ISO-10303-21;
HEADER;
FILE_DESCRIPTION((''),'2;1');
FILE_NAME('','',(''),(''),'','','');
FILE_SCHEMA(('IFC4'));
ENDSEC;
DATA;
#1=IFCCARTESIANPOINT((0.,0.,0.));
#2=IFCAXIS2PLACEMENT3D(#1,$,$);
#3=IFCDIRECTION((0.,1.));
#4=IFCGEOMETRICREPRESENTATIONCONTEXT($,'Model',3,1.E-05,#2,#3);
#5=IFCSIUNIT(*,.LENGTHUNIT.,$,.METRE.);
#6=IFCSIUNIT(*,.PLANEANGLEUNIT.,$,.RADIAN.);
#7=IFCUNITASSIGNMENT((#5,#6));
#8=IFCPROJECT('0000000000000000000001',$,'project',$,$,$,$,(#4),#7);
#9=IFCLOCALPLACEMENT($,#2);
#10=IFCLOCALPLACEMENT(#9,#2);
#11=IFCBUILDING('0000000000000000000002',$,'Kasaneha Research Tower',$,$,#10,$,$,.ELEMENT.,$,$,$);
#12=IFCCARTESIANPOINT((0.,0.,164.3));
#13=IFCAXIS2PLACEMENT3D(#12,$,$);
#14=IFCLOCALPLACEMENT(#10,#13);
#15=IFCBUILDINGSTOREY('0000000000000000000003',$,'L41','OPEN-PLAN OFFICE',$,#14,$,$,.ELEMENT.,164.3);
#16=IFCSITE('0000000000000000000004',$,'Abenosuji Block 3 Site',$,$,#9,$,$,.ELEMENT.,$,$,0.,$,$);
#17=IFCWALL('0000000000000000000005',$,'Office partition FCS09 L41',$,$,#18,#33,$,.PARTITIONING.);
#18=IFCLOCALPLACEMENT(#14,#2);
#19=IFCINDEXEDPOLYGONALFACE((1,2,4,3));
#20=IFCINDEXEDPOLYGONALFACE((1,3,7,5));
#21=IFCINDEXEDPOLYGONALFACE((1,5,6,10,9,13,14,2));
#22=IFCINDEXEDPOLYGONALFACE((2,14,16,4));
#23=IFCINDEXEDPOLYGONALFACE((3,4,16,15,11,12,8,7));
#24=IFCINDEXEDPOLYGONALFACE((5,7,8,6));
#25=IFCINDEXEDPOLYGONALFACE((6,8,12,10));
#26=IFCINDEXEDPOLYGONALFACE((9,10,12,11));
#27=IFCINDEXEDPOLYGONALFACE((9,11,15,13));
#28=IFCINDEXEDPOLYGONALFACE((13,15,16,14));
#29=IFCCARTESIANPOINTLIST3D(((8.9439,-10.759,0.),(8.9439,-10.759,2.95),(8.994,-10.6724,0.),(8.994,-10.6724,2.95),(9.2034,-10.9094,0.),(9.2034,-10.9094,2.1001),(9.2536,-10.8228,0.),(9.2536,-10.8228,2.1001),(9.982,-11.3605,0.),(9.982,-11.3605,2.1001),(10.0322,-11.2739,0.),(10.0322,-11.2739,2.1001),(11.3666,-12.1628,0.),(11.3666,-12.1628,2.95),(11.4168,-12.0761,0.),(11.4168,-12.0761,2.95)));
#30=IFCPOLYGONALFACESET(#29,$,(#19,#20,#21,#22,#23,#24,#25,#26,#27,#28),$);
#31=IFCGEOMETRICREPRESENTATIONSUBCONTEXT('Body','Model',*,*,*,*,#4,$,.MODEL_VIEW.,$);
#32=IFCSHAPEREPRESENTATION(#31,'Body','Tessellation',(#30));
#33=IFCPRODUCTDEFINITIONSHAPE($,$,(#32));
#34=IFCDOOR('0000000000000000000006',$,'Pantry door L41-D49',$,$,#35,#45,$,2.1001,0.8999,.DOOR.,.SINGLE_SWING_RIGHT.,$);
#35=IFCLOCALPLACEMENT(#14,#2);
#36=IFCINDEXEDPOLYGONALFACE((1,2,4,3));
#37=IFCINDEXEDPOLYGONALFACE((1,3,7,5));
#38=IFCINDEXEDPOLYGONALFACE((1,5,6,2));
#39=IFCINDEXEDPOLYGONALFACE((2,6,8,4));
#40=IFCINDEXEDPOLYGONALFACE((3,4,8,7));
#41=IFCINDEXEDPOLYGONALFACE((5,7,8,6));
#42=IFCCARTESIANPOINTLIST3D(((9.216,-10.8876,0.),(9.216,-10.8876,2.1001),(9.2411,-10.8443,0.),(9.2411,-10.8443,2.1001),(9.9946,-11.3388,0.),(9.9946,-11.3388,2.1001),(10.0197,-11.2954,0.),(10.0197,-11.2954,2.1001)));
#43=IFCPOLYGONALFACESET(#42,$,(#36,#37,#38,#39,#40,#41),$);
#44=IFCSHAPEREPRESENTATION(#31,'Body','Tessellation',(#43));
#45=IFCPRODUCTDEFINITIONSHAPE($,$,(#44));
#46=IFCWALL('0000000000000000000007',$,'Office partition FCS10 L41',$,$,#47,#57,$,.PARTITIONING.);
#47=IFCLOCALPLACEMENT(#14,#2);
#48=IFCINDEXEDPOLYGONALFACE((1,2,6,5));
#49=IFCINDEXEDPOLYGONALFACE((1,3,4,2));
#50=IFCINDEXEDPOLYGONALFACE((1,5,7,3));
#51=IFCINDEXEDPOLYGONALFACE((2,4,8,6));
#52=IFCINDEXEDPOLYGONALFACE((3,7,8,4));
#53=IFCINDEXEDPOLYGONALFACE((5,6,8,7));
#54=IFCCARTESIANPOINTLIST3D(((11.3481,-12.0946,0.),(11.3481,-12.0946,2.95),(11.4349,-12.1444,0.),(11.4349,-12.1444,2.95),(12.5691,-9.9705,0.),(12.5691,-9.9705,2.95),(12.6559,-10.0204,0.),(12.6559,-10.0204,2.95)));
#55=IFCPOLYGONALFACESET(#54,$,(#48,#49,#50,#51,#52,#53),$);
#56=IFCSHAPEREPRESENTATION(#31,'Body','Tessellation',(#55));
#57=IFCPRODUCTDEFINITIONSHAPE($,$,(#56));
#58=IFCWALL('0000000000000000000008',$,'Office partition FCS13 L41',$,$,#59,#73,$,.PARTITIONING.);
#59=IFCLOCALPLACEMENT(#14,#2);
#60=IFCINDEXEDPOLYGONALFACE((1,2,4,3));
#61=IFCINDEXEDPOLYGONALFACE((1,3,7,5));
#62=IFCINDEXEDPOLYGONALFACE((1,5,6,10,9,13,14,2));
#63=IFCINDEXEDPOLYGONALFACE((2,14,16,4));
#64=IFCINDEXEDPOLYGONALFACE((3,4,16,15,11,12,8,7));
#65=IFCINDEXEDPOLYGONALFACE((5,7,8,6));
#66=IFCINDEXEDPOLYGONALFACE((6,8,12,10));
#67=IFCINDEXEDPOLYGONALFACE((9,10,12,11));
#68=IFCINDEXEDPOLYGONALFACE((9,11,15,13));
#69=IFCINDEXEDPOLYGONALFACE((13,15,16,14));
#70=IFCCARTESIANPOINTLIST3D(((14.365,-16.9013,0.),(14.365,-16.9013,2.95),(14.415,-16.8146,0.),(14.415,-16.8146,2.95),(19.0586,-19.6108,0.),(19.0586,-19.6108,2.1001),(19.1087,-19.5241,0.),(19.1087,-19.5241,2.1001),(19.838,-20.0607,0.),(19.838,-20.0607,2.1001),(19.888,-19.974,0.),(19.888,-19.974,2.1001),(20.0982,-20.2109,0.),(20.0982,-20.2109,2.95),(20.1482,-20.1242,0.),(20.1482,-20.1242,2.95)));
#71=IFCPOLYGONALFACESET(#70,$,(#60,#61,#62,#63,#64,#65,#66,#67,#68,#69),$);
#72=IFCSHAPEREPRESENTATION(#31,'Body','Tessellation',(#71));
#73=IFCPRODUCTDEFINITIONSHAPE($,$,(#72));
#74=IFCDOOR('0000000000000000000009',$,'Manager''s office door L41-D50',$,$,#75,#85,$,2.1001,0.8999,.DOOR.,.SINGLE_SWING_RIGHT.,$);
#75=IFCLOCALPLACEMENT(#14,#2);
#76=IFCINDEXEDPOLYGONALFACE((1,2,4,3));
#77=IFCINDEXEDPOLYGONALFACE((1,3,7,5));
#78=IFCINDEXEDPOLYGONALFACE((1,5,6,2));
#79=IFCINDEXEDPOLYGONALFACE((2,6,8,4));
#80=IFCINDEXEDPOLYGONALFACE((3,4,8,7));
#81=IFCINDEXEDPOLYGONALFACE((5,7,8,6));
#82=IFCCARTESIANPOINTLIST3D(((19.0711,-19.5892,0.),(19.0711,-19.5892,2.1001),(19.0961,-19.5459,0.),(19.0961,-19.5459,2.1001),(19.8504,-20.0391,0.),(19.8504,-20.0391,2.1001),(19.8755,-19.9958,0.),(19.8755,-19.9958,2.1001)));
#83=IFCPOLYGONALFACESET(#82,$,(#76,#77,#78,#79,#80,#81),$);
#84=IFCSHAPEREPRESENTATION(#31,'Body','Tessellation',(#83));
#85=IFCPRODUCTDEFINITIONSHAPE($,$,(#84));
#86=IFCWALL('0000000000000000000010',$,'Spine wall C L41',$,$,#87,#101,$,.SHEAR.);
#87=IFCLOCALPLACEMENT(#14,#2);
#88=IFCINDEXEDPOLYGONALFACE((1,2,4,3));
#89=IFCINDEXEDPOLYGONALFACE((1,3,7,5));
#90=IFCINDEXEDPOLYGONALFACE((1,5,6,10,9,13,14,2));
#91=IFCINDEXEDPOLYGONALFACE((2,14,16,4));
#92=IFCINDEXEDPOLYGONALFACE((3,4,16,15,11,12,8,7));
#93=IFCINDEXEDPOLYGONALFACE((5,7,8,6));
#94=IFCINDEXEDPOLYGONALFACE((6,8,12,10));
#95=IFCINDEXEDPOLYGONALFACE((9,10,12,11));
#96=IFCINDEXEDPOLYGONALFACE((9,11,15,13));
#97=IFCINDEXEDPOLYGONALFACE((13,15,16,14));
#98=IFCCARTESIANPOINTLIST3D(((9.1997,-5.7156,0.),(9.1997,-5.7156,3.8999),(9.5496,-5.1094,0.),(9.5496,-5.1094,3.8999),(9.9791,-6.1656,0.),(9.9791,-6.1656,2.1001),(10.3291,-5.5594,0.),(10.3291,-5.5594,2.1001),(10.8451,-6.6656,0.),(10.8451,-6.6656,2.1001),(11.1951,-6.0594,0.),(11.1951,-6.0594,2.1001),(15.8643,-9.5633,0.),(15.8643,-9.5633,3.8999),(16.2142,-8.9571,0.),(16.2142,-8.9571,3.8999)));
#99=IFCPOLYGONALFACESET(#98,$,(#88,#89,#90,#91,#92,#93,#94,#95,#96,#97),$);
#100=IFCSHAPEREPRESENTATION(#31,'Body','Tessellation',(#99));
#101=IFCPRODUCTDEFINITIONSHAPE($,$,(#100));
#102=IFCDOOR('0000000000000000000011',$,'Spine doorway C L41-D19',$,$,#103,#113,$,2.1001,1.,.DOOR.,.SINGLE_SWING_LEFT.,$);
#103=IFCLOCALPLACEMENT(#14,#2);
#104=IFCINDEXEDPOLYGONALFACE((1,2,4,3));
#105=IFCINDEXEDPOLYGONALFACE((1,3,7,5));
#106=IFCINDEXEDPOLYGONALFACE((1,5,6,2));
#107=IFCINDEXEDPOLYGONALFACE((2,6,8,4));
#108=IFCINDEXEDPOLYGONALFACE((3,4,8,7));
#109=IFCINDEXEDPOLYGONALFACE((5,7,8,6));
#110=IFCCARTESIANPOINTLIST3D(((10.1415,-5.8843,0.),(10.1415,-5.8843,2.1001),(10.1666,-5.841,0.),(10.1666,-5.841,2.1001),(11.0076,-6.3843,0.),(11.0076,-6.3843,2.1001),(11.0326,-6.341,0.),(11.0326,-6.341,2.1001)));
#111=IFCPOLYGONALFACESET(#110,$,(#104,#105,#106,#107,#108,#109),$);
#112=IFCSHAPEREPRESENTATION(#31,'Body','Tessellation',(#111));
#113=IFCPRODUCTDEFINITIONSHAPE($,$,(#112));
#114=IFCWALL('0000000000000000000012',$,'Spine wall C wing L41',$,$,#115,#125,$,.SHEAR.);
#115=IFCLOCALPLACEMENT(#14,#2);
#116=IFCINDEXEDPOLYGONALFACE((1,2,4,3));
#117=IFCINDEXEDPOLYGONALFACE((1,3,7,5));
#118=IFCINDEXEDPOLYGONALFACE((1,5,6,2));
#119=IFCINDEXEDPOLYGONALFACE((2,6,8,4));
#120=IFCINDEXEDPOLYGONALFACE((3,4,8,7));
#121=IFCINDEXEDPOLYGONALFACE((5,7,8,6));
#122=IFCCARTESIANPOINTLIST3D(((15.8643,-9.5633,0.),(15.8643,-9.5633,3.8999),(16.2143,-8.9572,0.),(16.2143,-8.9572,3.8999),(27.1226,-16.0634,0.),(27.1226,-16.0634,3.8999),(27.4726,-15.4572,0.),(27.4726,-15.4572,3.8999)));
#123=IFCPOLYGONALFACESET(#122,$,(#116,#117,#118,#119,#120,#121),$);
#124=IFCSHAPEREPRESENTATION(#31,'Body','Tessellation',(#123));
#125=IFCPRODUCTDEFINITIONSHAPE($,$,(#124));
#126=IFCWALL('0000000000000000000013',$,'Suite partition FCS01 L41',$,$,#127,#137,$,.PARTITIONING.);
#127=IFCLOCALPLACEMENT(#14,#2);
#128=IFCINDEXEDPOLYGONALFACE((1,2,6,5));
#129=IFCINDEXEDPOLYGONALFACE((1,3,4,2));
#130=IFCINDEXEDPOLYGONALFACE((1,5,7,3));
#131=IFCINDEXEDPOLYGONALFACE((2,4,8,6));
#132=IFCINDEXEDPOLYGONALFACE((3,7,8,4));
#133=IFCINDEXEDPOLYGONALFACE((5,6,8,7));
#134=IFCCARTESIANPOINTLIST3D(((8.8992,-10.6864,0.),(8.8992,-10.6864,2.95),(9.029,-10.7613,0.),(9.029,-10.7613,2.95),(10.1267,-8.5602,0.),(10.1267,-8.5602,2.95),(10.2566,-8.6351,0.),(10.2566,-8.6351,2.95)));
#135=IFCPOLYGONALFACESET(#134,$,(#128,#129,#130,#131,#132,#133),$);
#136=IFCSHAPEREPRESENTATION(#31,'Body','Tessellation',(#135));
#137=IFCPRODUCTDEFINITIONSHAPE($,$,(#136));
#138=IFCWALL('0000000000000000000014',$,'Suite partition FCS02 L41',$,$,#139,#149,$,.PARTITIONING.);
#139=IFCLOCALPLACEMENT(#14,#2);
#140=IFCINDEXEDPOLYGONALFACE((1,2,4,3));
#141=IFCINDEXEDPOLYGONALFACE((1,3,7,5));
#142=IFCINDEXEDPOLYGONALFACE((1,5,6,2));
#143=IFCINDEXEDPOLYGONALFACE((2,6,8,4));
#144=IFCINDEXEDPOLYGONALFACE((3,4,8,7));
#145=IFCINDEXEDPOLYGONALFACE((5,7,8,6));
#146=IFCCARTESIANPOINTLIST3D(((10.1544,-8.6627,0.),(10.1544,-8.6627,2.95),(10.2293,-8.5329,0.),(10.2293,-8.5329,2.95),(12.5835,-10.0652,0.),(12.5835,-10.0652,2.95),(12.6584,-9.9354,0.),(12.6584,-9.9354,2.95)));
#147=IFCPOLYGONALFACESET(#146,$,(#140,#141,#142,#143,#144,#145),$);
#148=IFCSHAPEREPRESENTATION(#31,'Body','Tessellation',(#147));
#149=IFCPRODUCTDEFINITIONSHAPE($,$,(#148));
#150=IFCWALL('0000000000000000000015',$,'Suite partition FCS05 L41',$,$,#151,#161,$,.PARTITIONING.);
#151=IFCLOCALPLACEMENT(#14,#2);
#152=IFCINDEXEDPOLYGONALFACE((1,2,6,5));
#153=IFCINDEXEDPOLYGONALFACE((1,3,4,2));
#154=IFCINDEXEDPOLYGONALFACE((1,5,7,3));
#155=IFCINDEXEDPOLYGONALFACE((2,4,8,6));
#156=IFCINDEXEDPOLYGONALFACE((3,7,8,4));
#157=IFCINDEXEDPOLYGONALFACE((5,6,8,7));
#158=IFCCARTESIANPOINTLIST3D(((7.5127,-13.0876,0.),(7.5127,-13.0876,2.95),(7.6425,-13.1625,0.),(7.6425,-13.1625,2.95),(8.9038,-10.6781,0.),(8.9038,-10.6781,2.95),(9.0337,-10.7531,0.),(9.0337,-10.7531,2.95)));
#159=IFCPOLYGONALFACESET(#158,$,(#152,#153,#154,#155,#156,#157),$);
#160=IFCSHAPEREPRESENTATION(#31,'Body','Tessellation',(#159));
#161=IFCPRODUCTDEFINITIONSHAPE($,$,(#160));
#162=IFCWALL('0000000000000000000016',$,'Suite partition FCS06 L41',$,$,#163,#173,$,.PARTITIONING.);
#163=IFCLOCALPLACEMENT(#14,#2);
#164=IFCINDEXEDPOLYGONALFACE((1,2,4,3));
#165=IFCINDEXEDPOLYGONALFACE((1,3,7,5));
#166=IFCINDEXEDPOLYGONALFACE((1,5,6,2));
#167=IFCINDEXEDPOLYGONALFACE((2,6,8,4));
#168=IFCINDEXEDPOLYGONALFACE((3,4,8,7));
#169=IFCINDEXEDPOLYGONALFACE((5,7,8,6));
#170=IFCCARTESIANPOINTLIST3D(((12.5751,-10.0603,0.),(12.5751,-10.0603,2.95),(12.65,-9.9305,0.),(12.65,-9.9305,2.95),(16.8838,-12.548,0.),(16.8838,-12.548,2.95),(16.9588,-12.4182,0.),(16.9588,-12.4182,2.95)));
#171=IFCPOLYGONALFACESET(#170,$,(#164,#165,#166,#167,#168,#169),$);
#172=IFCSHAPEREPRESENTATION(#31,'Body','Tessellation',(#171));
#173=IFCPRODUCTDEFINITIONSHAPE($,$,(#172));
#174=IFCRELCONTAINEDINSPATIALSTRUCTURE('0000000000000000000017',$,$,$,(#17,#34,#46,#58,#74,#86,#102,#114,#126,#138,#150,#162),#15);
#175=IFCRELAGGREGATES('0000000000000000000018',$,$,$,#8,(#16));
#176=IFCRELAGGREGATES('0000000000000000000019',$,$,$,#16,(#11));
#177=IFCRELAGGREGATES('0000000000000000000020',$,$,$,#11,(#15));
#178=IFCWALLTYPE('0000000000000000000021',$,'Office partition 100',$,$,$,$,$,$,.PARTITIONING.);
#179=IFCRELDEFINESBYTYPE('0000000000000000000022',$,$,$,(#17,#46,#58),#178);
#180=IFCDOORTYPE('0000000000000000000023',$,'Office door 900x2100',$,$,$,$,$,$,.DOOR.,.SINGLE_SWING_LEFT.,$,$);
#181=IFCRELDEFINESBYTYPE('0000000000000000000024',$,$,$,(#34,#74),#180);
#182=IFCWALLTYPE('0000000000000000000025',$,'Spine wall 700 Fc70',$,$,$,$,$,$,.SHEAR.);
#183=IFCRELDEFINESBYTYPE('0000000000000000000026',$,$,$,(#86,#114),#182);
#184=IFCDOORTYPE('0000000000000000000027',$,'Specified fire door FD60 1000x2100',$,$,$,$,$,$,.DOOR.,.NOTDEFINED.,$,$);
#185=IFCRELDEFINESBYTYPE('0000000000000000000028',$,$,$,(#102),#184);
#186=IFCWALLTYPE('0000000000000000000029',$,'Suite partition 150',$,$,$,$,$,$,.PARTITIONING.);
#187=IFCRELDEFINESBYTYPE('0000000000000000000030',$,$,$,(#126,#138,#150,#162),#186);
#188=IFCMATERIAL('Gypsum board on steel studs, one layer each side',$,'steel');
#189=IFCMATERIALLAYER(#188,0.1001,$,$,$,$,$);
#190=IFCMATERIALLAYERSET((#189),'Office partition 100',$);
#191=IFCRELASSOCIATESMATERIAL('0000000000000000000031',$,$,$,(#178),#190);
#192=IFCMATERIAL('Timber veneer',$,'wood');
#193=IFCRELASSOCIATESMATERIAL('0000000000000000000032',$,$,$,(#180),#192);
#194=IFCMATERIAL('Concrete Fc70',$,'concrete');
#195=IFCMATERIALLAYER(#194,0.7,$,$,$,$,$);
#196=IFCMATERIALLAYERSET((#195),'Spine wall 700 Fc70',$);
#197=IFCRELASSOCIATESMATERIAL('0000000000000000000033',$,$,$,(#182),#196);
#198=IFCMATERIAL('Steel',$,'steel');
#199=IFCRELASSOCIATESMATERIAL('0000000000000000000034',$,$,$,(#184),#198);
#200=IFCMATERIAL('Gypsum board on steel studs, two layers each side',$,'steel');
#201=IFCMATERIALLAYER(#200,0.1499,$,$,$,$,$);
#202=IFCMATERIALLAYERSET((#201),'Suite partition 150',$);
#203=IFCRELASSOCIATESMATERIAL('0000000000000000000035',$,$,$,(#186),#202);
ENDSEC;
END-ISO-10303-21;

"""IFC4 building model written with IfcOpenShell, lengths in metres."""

from ifc_helpers import new_model, si_unit, direction, frame, frame_2d, origin, place, context, subcontext, project, spatial, rectangle, extrude, material, layer, layer_set, type_object, element, fill, save


model = new_model("IFC4")

# Units and contexts
model_context = context("Model", 3, precision=1e-05, world=origin(), true_north=direction((0.0, 1.0)))
body_context = subcontext(model_context, "Body", "Model", "MODEL_VIEW")
ifc_project = project(units=[si_unit("LENGTHUNIT", "METRE"), si_unit("PLANEANGLEUNIT", "RADIAN")], contexts=[model_context])

# Site, building, storey
site_placement = place(None, origin())
site = spatial("IfcSite", under=ifc_project, at=site_placement, Name="Abenosuji Block 3 Site", CompositionType="ELEMENT", RefElevation=0.0)
building_placement = place(site_placement, origin())
building = spatial("IfcBuilding", under=site, at=building_placement, Name="Kasaneha Research Tower", CompositionType="ELEMENT")
storey_placement = place(building_placement, frame((0.0, 0.0, 164.3)))
storey = spatial("IfcBuildingStorey", under=building, at=storey_placement, Name="L41", Description="OPEN-PLAN OFFICE", CompositionType="ELEMENT", Elevation=164.3)

# Wall, opening, door
ifc_material_1 = material(Name="Gypsum board on steel studs, one layer each side", Category="steel")
ifc_layer_1 = layer(ifc_material_1, 0.1001)
ifc_layer_set_1 = layer_set([ifc_layer_1], Name="Office partition 100")
wall_type_1 = type_object("IfcWallType", Name="Office partition 100", PredefinedType="PARTITIONING", material=ifc_layer_set_1)
wall_1_placement = place(storey_placement, frame((11.3916, -12.1194, 0.0), z_axis=(0.0, 0.0, 1.0), x_axis=(-0.865255, 0.501332, 0.0)))
wall_1 = element("IfcWall", 1, at=wall_1_placement, inside=storey, type_object=wall_type_1, Name="Office partition FCS09 L41", PredefinedType="PARTITIONING", context=body_context, shape_type="SweptSolid", body=[
    extrude(rectangle(XDim=2.8, YDim=0.1001, at=frame_2d((1.3999, 0.0))), origin(), (0.0, 0.0, 1.0), 2.95),
])
opening_1_placement = place(wall_1_placement, frame((1.6001, 0.0, 0.0)))
opening_1 = element("IfcOpeningElement", 2, at=opening_1_placement, cuts=wall_1, PredefinedType="OPENING", context=body_context, shape_type="SweptSolid", body=[
    extrude(rectangle(XDim=0.8999, YDim=2.1001, at=frame_2d((0.45, 1.05))), frame((0.0, 0.0601, 0.0), z_axis=(0.0, -1.0, 0.0), x_axis=(1.0, 0.0, 0.0)), (0.0, 0.0, 1.0), 0.1201),
])
ifc_material_2 = material(Name="Timber veneer", Category="wood")
door_type_1 = type_object("IfcDoorType", Name="Office door 900x2100", OperationType="SINGLE_SWING_LEFT", PredefinedType="DOOR", material=ifc_material_2)
door_1_placement = place(opening_1_placement, origin())
door_1 = element("IfcDoor", 3, at=door_1_placement, inside=storey, type_object=door_type_1, Name="Pantry door L41-D49", OperationType="SINGLE_SWING_RIGHT", OverallHeight=2.1001, OverallWidth=0.8999, PredefinedType="DOOR", context=body_context, shape_type="SweptSolid", body=[
    extrude(rectangle(XDim=0.8999, YDim=2.1001, at=frame_2d((0.45, 1.05))), frame((0.0, 0.0249, 0.0), z_axis=(0.0, -1.0, 0.0), x_axis=(1.0, 0.0, 0.0)), (0.0, 0.0, 1.0), 0.05),
])
fill(opening_1, door_1)

# Wall
wall_2_placement = place(storey_placement, frame((12.6125, -9.9954, 0.0), z_axis=(0.0, 0.0, 1.0), x_axis=(-0.498359, -0.866971, 0.0)))
element("IfcWall", 4, at=wall_2_placement, inside=storey, type_object=wall_type_1, Name="Office partition FCS10 L41", PredefinedType="PARTITIONING", context=body_context, shape_type="SweptSolid", body=[
    extrude(rectangle(XDim=2.45, YDim=0.1001, at=frame_2d((1.2251, 0.0))), origin(), (0.0, 0.0, 1.0), 2.95),
])

# Walls, openings, doors
wall_3_placement = place(storey_placement, frame((14.3899, -16.8579, 0.0), z_axis=(0.0, 0.0, 1.0), x_axis=(0.866056, -0.499947, 0.0)))
wall_3 = element("IfcWall", 5, at=wall_3_placement, inside=storey, type_object=wall_type_1, Name="Office partition FCS13 L41", PredefinedType="PARTITIONING", context=body_context, shape_type="SweptSolid", body=[
    extrude(rectangle(XDim=6.6199, YDim=0.1001, at=frame_2d((3.3101, 0.0))), origin(), (0.0, 0.0, 1.0), 2.95),
])
opening_2_placement = place(wall_3_placement, frame((5.4197, 0.0, 0.0)))
opening_2 = element("IfcOpeningElement", 6, at=opening_2_placement, cuts=wall_3, PredefinedType="OPENING", context=body_context, shape_type="SweptSolid", body=[
    extrude(rectangle(XDim=0.8999, YDim=2.1001, at=frame_2d((0.45, 1.05))), frame((0.0, 0.0601, 0.0), z_axis=(0.0, -1.0, 0.0), x_axis=(1.0, 0.0, 0.0)), (0.0, 0.0, 1.0), 0.1201),
])
door_2_placement = place(opening_2_placement, origin())
door_2 = element("IfcDoor", 7, at=door_2_placement, inside=storey, type_object=door_type_1, Name="Manager's office door L41-D50", OperationType="SINGLE_SWING_RIGHT", OverallHeight=2.1001, OverallWidth=0.8999, PredefinedType="DOOR", context=body_context, shape_type="SweptSolid", body=[
    extrude(rectangle(XDim=0.8999, YDim=2.1001, at=frame_2d((0.45, 1.05))), frame((0.0, 0.0249, 0.0), z_axis=(0.0, -1.0, 0.0), x_axis=(1.0, 0.0, 0.0)), (0.0, 0.0, 1.0), 0.05),
])
fill(opening_2, door_2)
ifc_material_3 = material(Name="Concrete Fc70", Category="concrete")
ifc_layer_2 = layer(ifc_material_3, 0.7)
ifc_layer_set_2 = layer_set([ifc_layer_2], Name="Spine wall 700 Fc70")
wall_type_2 = type_object("IfcWallType", Name="Spine wall 700 Fc70", PredefinedType="SHEAR", material=ifc_layer_set_2)
wall_4_placement = place(storey_placement, frame((9.3748, -5.4126, 0.0), z_axis=(0.0, 0.0, 1.0), x_axis=(0.866032, -0.499988, 0.0)))
wall_4 = element("IfcWall", 8, at=wall_4_placement, inside=storey, type_object=wall_type_2, Name="Spine wall C L41", PredefinedType="SHEAR", context=body_context, shape_type="SweptSolid", body=[
    extrude(rectangle(XDim=7.6956, YDim=0.7, at=frame_2d((3.8477, 0.0))), origin(), (0.0, 0.0, 1.0), 3.8999),
])
opening_3_placement = place(wall_4_placement, frame((0.8999, 0.0, 0.0)))
opening_3 = element("IfcOpeningElement", 9, at=opening_3_placement, cuts=wall_4, PredefinedType="OPENING", context=body_context, shape_type="SweptSolid", body=[
    extrude(rectangle(XDim=1.0, YDim=2.1001, at=frame_2d((0.5, 1.05))), frame((0.0, 0.3599, 0.0), z_axis=(0.0, -1.0, 0.0), x_axis=(1.0, 0.0, 0.0)), (0.0, 0.0, 1.0), 0.72),
])
ifc_material_4 = material(Name="Steel", Category="steel")
door_type_2 = type_object("IfcDoorType", Name="Specified fire door FD60 1000x2100", OperationType="NOTDEFINED", PredefinedType="DOOR", material=ifc_material_4)
door_3_placement = place(opening_3_placement, origin())
door_3 = element("IfcDoor", 10, at=door_3_placement, inside=storey, type_object=door_type_2, Name="Spine doorway C L41-D19", OperationType="SINGLE_SWING_LEFT", OverallHeight=2.1001, OverallWidth=1.0, PredefinedType="DOOR", context=body_context, shape_type="SweptSolid", body=[
    extrude(rectangle(XDim=1.0, YDim=2.1001, at=frame_2d((0.5, 1.05))), frame((0.0, 0.0249, 0.0), z_axis=(0.0, -1.0, 0.0), x_axis=(1.0, 0.0, 0.0)), (0.0, 0.0, 1.0), 0.05),
])
fill(opening_3, door_3)

# Walls
wall_5_placement = place(storey_placement, frame((16.0393, -9.2603, 0.0), z_axis=(0.0, 0.0, 1.0), x_axis=(0.866025, -0.500001, 0.0)))
element("IfcWall", 11, at=wall_5_placement, inside=storey, type_object=wall_type_2, Name="Spine wall C wing L41", PredefinedType="SHEAR", context=body_context, shape_type="SweptSolid", body=[
    extrude(rectangle(XDim=13.0, YDim=0.7, at=frame_2d((6.5, 0.0))), origin(), (0.0, 0.0, 1.0), 3.8999),
])
ifc_material_5 = material(Name="Gypsum board on steel studs, two layers each side", Category="steel")
ifc_layer_3 = layer(ifc_material_5, 0.1499)
ifc_layer_set_3 = layer_set([ifc_layer_3], Name="Suite partition 150")
wall_type_3 = type_object("IfcWallType", Name="Suite partition 150", PredefinedType="PARTITIONING", material=ifc_layer_set_3)
wall_6_placement = place(storey_placement, frame((10.1917, -8.5977, 0.0), z_axis=(0.0, 0.0, 1.0), x_axis=(-0.499989, -0.866032, 0.0)))
element("IfcWall", 12, at=wall_6_placement, inside=storey, type_object=wall_type_3, Name="Suite partition FCS01 L41", PredefinedType="PARTITIONING", context=body_context, shape_type="SweptSolid", body=[
    extrude(rectangle(XDim=2.4551, YDim=0.1499, at=frame_2d((1.2275, 0.0))), origin(), (0.0, 0.0, 1.0), 2.95),
])
wall_7_placement = place(storey_placement, frame((12.6208, -10.0002, 0.0), z_axis=(0.0, 0.0, 1.0), x_axis=(-0.866012, 0.500024, 0.0)))
element("IfcWall", 13, at=wall_7_placement, inside=storey, type_object=wall_type_3, Name="Suite partition FCS02 L41", PredefinedType="PARTITIONING", context=body_context, shape_type="SweptSolid", body=[
    extrude(rectangle(XDim=2.8049, YDim=0.1499, at=frame_2d((1.4023, 0.0))), origin(), (0.0, 0.0, 1.0), 2.95),
])
wall_8_placement = place(storey_placement, frame((8.9688, -10.7156, 0.0), z_axis=(0.0, 0.0, 1.0), x_axis=(-0.500009, -0.86602, 0.0)))
element("IfcWall", 14, at=wall_8_placement, inside=storey, type_object=wall_type_3, Name="Suite partition FCS05 L41", PredefinedType="PARTITIONING", context=body_context, shape_type="SweptSolid", body=[
    extrude(rectangle(XDim=2.7822, YDim=0.1499, at=frame_2d((1.3911, 0.0))), origin(), (0.0, 0.0, 1.0), 2.95),
])
wall_9_placement = place(storey_placement, frame((16.9214, -12.4832, 0.0), z_axis=(0.0, 0.0, 1.0), x_axis=(-0.866018, 0.500013, 0.0)))
element("IfcWall", 15, at=wall_9_placement, inside=storey, type_object=wall_type_3, Name="Suite partition FCS06 L41", PredefinedType="PARTITIONING", context=body_context, shape_type="SweptSolid", body=[
    extrude(rectangle(XDim=4.9753, YDim=0.1499, at=frame_2d((2.4878, 0.0))), origin(), (0.0, 0.0, 1.0), 2.95),
])

save(model, "model.ifc")
